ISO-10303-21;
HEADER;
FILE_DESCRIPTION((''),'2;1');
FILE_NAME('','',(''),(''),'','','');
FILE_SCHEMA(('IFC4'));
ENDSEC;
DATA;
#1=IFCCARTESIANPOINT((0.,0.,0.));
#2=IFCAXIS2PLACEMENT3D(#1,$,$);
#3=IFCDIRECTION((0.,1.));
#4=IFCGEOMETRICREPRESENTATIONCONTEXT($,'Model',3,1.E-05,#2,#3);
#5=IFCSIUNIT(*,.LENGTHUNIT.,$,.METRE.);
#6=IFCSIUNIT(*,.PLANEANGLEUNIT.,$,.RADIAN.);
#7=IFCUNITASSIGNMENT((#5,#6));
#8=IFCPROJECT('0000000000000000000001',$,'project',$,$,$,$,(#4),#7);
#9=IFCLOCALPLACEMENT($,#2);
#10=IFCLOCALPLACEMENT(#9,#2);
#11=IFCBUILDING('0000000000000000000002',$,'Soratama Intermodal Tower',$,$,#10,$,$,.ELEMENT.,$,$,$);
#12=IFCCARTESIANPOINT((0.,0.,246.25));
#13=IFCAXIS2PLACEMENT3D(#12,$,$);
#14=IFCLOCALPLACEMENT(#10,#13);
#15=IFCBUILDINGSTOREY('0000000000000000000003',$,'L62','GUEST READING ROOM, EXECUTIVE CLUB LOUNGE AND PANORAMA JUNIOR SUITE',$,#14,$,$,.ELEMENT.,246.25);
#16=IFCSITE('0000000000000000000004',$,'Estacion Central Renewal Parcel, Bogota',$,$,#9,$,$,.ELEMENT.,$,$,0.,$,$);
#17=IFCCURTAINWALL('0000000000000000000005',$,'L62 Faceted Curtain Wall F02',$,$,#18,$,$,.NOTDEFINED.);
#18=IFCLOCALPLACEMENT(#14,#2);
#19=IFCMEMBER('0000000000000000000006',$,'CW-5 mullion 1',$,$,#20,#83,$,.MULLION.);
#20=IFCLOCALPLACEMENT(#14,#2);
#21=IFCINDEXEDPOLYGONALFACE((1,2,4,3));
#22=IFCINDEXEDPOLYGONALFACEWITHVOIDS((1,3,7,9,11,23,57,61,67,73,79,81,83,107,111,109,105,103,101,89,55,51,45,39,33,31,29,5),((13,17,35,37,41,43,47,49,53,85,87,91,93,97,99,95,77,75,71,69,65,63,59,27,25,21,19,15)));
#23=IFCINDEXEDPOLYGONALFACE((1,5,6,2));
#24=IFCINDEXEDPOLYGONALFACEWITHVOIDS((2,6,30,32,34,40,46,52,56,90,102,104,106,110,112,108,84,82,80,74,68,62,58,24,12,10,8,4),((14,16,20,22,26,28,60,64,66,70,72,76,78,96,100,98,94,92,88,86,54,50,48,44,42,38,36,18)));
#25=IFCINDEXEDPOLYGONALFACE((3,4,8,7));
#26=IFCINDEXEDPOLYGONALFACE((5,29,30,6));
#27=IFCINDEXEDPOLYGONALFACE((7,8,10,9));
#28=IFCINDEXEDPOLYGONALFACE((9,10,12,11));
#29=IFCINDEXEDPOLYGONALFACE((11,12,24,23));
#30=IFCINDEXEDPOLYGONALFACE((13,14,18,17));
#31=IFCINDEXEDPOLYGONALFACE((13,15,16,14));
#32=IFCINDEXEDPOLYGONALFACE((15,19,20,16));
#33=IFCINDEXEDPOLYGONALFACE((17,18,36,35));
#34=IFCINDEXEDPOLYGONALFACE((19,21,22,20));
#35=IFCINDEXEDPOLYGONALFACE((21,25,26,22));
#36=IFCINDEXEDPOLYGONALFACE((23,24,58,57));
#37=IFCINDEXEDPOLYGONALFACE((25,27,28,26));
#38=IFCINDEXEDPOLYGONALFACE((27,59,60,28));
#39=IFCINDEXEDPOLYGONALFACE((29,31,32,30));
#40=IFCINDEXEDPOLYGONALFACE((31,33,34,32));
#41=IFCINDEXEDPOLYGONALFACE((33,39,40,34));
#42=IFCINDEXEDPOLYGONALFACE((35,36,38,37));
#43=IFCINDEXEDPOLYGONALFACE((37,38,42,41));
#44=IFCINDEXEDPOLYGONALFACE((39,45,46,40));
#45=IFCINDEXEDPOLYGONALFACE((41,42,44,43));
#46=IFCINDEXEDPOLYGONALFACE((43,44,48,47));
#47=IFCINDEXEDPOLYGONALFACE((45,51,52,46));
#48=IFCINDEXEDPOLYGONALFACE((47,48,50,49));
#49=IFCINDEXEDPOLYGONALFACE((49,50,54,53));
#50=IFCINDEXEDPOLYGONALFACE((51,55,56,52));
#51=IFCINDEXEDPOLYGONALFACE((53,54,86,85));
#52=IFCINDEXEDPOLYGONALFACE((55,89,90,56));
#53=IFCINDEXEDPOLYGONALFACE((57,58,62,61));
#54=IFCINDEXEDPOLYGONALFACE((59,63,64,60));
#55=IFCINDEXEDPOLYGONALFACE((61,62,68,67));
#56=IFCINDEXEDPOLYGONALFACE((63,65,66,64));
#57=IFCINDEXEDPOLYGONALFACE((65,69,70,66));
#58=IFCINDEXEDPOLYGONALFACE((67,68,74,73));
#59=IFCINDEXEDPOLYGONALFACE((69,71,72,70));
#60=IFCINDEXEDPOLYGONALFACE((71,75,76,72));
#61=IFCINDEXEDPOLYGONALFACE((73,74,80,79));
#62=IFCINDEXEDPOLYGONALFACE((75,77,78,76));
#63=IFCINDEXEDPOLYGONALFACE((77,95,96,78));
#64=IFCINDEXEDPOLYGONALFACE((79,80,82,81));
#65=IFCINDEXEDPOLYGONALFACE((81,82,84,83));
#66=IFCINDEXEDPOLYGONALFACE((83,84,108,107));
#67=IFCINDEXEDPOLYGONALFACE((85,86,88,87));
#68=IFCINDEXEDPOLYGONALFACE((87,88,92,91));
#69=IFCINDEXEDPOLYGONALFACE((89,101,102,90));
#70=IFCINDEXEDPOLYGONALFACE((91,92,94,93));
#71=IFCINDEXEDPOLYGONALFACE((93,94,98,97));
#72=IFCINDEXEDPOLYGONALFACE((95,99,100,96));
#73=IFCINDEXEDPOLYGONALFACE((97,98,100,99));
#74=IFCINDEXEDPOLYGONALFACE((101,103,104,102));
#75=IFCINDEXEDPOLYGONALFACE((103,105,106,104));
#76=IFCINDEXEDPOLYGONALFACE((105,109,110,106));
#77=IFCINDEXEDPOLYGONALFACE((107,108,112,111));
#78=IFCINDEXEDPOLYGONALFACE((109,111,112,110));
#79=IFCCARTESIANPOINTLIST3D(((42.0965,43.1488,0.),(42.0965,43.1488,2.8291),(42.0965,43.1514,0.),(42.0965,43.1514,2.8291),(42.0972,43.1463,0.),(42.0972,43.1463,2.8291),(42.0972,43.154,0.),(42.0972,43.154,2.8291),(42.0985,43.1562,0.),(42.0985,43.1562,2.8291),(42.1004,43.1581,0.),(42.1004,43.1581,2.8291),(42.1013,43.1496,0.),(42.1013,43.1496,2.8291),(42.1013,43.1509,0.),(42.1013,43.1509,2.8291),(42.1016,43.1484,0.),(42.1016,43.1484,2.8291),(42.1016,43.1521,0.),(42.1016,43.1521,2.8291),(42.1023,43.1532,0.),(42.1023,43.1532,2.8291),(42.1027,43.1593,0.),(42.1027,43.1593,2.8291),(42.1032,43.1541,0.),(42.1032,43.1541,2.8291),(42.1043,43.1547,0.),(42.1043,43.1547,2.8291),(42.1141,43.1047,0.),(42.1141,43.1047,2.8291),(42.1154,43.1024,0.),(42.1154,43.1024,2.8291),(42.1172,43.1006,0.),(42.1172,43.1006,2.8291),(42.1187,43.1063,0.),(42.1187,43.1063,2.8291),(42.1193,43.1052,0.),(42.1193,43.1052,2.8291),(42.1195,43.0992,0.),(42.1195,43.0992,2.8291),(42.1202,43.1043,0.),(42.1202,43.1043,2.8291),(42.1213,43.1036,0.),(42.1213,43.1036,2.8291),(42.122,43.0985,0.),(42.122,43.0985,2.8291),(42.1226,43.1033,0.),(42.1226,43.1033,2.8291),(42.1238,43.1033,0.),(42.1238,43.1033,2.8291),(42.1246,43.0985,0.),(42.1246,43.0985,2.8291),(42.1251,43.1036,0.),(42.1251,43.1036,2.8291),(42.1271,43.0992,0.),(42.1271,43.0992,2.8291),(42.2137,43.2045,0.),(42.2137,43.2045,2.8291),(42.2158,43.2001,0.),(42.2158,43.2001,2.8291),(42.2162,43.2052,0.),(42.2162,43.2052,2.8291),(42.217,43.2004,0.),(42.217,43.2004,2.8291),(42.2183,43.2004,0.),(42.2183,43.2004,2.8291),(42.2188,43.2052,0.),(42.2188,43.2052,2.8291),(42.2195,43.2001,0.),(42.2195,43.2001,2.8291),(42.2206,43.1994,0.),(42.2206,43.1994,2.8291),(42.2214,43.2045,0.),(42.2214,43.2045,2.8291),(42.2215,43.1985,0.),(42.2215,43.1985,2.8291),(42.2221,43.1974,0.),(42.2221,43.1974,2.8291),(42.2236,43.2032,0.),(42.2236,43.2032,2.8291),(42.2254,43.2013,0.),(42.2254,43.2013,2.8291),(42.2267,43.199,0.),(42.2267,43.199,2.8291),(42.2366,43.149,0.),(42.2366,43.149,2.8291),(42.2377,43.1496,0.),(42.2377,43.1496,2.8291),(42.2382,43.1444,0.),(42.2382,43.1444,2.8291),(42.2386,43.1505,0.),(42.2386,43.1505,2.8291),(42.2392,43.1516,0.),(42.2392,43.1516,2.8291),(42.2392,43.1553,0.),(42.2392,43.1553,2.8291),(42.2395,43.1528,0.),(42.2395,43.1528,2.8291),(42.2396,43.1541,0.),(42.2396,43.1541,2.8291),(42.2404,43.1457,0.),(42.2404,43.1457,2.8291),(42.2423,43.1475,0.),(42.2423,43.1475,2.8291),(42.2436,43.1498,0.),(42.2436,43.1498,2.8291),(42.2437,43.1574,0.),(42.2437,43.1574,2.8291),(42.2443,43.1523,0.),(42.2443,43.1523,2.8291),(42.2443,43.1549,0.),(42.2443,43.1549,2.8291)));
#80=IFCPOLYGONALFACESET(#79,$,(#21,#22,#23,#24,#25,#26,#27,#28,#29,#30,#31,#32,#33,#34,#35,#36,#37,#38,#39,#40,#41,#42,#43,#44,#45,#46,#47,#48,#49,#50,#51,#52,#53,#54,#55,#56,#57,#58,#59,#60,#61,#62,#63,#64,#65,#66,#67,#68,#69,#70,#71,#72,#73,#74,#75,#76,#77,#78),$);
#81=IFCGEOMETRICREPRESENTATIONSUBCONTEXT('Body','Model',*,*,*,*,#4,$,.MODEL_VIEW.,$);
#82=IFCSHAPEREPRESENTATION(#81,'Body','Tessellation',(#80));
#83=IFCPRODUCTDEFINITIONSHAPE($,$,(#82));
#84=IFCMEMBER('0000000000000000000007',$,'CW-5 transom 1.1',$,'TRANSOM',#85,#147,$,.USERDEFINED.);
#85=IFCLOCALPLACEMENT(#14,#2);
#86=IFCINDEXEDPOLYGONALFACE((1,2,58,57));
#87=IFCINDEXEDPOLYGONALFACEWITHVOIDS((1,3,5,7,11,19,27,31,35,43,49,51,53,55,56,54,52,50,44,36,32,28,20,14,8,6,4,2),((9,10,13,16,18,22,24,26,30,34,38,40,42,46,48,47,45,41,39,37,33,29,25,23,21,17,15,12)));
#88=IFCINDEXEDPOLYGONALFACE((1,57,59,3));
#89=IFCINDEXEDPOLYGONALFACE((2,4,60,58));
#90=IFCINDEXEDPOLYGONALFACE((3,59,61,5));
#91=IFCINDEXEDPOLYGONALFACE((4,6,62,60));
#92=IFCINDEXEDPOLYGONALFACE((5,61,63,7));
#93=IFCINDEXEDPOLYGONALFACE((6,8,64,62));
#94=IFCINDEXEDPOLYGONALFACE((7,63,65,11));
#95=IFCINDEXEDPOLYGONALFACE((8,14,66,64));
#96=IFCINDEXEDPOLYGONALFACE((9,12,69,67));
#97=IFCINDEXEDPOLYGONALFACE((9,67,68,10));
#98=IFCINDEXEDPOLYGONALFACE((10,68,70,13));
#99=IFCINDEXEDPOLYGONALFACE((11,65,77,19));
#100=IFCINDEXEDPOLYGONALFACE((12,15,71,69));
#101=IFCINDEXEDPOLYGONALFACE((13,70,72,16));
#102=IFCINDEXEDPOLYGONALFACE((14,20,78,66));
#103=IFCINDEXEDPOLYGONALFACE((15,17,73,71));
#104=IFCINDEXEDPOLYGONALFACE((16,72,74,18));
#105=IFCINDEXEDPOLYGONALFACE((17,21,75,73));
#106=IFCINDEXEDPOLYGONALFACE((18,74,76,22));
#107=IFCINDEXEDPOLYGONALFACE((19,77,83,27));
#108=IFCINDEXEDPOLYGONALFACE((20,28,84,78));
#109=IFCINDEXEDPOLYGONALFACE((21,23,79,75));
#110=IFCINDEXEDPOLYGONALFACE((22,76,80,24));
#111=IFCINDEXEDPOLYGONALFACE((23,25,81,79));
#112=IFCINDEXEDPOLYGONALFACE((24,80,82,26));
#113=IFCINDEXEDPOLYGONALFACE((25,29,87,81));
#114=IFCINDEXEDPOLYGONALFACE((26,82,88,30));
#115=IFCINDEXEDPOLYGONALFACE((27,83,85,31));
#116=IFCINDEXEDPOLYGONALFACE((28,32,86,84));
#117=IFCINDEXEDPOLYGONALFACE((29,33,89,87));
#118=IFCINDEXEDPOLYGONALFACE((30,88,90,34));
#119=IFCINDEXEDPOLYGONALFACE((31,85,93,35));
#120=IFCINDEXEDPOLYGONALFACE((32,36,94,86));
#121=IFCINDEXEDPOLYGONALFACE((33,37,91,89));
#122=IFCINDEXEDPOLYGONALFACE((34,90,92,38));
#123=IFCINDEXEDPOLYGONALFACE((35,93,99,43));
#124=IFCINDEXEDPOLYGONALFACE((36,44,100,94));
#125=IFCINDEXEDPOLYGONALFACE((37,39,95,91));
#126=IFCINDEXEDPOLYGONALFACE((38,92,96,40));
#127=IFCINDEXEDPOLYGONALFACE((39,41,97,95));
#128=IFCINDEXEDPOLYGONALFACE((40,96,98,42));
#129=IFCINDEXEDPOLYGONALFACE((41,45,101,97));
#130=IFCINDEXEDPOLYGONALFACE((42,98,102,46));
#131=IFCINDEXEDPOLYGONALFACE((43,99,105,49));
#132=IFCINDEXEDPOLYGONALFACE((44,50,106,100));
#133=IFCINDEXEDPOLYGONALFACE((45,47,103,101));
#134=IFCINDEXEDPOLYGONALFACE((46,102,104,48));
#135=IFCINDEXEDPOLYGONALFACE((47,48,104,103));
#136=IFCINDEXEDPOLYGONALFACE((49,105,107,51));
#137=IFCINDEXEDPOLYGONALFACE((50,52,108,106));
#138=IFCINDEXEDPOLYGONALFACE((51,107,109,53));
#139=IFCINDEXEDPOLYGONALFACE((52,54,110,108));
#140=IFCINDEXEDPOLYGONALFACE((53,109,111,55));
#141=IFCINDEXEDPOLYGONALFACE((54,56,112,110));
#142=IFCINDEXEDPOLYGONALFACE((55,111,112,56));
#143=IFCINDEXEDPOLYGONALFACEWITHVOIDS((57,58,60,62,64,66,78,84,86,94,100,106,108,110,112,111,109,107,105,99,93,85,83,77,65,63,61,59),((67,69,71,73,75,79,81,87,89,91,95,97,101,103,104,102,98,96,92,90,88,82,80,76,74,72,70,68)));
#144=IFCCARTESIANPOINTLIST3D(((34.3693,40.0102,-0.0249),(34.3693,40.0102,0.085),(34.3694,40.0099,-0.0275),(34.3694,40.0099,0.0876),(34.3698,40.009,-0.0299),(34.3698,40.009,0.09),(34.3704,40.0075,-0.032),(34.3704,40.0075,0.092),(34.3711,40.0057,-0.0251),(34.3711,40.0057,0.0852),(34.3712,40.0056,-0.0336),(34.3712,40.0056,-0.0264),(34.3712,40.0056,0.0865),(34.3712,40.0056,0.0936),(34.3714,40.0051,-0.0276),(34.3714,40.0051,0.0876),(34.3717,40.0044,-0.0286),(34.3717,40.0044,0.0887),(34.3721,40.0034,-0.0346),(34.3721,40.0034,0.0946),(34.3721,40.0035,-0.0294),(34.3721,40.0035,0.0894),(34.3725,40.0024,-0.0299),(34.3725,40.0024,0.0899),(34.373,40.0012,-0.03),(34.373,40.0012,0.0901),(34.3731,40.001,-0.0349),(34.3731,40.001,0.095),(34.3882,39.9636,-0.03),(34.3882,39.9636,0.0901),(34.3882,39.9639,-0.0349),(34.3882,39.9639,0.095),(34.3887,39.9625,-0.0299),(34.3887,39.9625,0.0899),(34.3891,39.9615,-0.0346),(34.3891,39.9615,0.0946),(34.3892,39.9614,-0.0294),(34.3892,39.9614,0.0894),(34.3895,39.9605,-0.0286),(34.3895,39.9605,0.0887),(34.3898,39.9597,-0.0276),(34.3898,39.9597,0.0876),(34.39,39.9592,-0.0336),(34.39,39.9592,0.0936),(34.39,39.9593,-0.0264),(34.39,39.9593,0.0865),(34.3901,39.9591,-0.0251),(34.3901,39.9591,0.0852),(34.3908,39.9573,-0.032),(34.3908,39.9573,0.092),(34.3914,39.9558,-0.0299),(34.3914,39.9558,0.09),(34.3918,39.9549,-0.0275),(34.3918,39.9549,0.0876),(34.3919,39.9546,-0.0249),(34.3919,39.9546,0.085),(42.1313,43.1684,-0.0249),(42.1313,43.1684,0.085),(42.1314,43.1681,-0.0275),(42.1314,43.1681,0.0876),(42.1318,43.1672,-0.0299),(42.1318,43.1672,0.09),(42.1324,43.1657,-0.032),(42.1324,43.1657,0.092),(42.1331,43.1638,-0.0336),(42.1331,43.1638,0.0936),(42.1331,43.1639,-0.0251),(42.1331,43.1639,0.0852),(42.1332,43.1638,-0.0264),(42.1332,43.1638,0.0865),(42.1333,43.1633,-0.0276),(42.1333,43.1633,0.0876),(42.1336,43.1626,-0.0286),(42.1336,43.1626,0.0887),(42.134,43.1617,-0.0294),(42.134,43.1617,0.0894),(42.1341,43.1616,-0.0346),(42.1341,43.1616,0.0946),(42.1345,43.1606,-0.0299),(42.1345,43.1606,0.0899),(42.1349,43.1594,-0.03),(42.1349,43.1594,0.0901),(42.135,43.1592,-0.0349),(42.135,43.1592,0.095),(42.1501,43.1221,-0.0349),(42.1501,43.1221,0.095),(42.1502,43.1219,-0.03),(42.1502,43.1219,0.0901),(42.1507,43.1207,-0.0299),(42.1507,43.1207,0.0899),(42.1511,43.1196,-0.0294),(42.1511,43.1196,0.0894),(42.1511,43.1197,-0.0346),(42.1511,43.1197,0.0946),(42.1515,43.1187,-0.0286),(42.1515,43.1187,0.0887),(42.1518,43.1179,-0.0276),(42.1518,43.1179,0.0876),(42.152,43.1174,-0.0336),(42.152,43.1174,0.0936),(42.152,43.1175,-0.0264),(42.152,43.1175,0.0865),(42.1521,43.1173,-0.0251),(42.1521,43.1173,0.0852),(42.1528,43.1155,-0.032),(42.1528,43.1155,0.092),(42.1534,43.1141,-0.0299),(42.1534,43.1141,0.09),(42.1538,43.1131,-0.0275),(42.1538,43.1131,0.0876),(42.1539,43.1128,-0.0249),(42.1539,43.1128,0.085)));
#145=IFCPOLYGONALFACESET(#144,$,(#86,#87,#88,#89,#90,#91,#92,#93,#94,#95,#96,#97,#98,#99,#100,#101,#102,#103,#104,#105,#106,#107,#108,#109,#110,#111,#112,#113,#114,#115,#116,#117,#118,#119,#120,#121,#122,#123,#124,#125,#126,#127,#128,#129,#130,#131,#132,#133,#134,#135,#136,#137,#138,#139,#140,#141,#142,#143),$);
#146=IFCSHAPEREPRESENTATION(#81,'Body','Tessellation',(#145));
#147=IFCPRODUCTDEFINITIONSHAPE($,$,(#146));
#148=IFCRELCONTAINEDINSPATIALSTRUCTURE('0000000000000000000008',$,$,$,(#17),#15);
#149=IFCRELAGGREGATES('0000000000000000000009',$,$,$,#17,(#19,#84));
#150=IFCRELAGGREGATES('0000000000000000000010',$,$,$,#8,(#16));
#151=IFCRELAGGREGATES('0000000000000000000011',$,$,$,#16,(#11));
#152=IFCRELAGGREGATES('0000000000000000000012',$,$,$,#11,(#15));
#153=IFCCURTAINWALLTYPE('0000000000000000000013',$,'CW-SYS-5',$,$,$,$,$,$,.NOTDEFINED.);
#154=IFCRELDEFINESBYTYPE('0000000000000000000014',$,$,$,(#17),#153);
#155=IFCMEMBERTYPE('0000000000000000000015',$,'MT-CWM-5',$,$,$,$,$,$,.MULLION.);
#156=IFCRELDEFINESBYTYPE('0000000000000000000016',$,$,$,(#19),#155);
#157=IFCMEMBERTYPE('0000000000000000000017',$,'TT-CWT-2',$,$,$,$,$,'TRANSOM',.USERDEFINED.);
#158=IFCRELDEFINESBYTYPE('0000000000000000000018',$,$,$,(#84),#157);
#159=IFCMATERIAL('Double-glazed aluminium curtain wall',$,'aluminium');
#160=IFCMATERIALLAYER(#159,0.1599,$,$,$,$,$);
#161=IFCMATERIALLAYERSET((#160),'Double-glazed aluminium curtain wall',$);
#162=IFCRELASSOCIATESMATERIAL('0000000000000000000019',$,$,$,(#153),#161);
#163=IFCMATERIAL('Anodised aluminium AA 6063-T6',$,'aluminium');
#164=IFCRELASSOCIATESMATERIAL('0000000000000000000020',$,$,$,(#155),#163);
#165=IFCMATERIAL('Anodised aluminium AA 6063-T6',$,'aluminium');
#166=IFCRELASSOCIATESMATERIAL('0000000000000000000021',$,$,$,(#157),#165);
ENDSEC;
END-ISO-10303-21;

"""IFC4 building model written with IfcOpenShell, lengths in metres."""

from ifc_helpers import new_model, si_unit, direction, frame, origin, origin_2d, place, context, subcontext, project, spatial, hollow_rectangle, extrude, material, layer, layer_set, material_profile, profile_set, type_object, element, aggregate, save


model = new_model("IFC4")

# Units and contexts
model_context = context("Model", 3, precision=1e-05, world=origin(), true_north=direction((0.0, 1.0)))
body_context = subcontext(model_context, "Body", "Model", "MODEL_VIEW")
ifc_project = project(units=[si_unit("LENGTHUNIT", "METRE"), si_unit("PLANEANGLEUNIT", "RADIAN")], contexts=[model_context])

# Site, building, storey
site_placement = place(None, origin())
site = spatial("IfcSite", under=ifc_project, at=site_placement, Name="Estacion Central Renewal Parcel, Bogota", CompositionType="ELEMENT", RefElevation=0.0)
building_placement = place(site_placement, origin())
building = spatial("IfcBuilding", under=site, at=building_placement, Name="Soratama Intermodal Tower", CompositionType="ELEMENT")
storey_placement = place(building_placement, frame((0.0, 0.0, 246.25)))
storey = spatial("IfcBuildingStorey", under=building, at=storey_placement, Name="L62", Description="GUEST READING ROOM, EXECUTIVE CLUB LOUNGE AND PANORAMA JUNIOR SUITE", CompositionType="ELEMENT", Elevation=246.25)

# Curtain wall, members
ifc_material_1 = material(Name="Double-glazed aluminium curtain wall", Category="aluminium")
ifc_layer_1 = layer(ifc_material_1, 0.1599)
ifc_layer_set_1 = layer_set([ifc_layer_1], Name="Double-glazed aluminium curtain wall")
curtain_wall_type = type_object("IfcCurtainWallType", Name="CW-SYS-5", PredefinedType="NOTDEFINED", material=ifc_layer_set_1)
curtain_wall_placement = place(storey_placement, origin())
curtain_wall = element("IfcCurtainWall", 1, at=curtain_wall_placement, inside=storey, type_object=curtain_wall_type, Name="L62 Faceted Curtain Wall F02", PredefinedType="NOTDEFINED")
ifc_material_2 = material(Name="Anodised aluminium AA 6063-T6", Category="aluminium")
ifc_material_profile_1 = material_profile(ifc_material_2, hollow_rectangle(XDim=0.0649, YDim=0.1399, WallThickness=0.0049, InnerFilletRadius=0.0049, OuterFilletRadius=0.01, at=origin_2d()), Name="CWM140X65X5")
ifc_profile_set_1 = profile_set([ifc_material_profile_1], Name="Anodised aluminium AA 6063-T6")
member_type_1 = type_object("IfcMemberType", Name="MT-CWM-5", PredefinedType="MULLION", material=ifc_profile_set_1)
member_1_placement = place(storey_placement, frame((42.1704, 43.1519, 0.0), z_axis=(0.0, 0.0, 1.0), x_axis=(0.376881, -0.926262, 0.0)))
member_1 = element("IfcMember", 2, at=member_1_placement, type_object=member_type_1, Name="CW-5 mullion 1", PredefinedType="MULLION", context=body_context, shape_type="SweptSolid", body=[
    extrude(hollow_rectangle(XDim=0.0649, YDim=0.1399, WallThickness=0.0049, InnerFilletRadius=0.0049, OuterFilletRadius=0.01, at=origin_2d()), origin(), (0.0, 0.0, 1.0), 2.8291),
])
ifc_material_3 = material(Name="Anodised aluminium AA 6063-T6", Category="aluminium")
ifc_material_profile_2 = material_profile(ifc_material_3, hollow_rectangle(XDim=0.0601, YDim=0.1299, WallThickness=0.0049, InnerFilletRadius=0.0049, OuterFilletRadius=0.01, at=origin_2d()), Name="CWT130X60X5")
ifc_profile_set_2 = profile_set([ifc_material_profile_2], Name="Anodised aluminium AA 6063-T6")
member_type_2 = type_object("IfcMemberType", Name="TT-CWT-2", ElementType="TRANSOM", PredefinedType="USERDEFINED", material=ifc_profile_set_2)
member_2_placement = place(storey_placement, frame((42.1426, 43.1406, 0.03), z_axis=(-0.926262, -0.376879, 0.0), x_axis=(0.376879, -0.926262, 0.0)))
member_2 = element("IfcMember", 3, at=member_2_placement, type_object=member_type_2, Name="CW-5 transom 1.1", ObjectType="TRANSOM", PredefinedType="USERDEFINED", context=body_context, shape_type="SweptSolid", body=[
    extrude(hollow_rectangle(XDim=0.0601, YDim=0.1299, WallThickness=0.0049, InnerFilletRadius=0.0049, OuterFilletRadius=0.01, at=origin_2d()), origin(), (0.0, 0.0, 1.0), 8.3799),
])
aggregate(curtain_wall, [member_1, member_2])

save(model, "model.ifc")
